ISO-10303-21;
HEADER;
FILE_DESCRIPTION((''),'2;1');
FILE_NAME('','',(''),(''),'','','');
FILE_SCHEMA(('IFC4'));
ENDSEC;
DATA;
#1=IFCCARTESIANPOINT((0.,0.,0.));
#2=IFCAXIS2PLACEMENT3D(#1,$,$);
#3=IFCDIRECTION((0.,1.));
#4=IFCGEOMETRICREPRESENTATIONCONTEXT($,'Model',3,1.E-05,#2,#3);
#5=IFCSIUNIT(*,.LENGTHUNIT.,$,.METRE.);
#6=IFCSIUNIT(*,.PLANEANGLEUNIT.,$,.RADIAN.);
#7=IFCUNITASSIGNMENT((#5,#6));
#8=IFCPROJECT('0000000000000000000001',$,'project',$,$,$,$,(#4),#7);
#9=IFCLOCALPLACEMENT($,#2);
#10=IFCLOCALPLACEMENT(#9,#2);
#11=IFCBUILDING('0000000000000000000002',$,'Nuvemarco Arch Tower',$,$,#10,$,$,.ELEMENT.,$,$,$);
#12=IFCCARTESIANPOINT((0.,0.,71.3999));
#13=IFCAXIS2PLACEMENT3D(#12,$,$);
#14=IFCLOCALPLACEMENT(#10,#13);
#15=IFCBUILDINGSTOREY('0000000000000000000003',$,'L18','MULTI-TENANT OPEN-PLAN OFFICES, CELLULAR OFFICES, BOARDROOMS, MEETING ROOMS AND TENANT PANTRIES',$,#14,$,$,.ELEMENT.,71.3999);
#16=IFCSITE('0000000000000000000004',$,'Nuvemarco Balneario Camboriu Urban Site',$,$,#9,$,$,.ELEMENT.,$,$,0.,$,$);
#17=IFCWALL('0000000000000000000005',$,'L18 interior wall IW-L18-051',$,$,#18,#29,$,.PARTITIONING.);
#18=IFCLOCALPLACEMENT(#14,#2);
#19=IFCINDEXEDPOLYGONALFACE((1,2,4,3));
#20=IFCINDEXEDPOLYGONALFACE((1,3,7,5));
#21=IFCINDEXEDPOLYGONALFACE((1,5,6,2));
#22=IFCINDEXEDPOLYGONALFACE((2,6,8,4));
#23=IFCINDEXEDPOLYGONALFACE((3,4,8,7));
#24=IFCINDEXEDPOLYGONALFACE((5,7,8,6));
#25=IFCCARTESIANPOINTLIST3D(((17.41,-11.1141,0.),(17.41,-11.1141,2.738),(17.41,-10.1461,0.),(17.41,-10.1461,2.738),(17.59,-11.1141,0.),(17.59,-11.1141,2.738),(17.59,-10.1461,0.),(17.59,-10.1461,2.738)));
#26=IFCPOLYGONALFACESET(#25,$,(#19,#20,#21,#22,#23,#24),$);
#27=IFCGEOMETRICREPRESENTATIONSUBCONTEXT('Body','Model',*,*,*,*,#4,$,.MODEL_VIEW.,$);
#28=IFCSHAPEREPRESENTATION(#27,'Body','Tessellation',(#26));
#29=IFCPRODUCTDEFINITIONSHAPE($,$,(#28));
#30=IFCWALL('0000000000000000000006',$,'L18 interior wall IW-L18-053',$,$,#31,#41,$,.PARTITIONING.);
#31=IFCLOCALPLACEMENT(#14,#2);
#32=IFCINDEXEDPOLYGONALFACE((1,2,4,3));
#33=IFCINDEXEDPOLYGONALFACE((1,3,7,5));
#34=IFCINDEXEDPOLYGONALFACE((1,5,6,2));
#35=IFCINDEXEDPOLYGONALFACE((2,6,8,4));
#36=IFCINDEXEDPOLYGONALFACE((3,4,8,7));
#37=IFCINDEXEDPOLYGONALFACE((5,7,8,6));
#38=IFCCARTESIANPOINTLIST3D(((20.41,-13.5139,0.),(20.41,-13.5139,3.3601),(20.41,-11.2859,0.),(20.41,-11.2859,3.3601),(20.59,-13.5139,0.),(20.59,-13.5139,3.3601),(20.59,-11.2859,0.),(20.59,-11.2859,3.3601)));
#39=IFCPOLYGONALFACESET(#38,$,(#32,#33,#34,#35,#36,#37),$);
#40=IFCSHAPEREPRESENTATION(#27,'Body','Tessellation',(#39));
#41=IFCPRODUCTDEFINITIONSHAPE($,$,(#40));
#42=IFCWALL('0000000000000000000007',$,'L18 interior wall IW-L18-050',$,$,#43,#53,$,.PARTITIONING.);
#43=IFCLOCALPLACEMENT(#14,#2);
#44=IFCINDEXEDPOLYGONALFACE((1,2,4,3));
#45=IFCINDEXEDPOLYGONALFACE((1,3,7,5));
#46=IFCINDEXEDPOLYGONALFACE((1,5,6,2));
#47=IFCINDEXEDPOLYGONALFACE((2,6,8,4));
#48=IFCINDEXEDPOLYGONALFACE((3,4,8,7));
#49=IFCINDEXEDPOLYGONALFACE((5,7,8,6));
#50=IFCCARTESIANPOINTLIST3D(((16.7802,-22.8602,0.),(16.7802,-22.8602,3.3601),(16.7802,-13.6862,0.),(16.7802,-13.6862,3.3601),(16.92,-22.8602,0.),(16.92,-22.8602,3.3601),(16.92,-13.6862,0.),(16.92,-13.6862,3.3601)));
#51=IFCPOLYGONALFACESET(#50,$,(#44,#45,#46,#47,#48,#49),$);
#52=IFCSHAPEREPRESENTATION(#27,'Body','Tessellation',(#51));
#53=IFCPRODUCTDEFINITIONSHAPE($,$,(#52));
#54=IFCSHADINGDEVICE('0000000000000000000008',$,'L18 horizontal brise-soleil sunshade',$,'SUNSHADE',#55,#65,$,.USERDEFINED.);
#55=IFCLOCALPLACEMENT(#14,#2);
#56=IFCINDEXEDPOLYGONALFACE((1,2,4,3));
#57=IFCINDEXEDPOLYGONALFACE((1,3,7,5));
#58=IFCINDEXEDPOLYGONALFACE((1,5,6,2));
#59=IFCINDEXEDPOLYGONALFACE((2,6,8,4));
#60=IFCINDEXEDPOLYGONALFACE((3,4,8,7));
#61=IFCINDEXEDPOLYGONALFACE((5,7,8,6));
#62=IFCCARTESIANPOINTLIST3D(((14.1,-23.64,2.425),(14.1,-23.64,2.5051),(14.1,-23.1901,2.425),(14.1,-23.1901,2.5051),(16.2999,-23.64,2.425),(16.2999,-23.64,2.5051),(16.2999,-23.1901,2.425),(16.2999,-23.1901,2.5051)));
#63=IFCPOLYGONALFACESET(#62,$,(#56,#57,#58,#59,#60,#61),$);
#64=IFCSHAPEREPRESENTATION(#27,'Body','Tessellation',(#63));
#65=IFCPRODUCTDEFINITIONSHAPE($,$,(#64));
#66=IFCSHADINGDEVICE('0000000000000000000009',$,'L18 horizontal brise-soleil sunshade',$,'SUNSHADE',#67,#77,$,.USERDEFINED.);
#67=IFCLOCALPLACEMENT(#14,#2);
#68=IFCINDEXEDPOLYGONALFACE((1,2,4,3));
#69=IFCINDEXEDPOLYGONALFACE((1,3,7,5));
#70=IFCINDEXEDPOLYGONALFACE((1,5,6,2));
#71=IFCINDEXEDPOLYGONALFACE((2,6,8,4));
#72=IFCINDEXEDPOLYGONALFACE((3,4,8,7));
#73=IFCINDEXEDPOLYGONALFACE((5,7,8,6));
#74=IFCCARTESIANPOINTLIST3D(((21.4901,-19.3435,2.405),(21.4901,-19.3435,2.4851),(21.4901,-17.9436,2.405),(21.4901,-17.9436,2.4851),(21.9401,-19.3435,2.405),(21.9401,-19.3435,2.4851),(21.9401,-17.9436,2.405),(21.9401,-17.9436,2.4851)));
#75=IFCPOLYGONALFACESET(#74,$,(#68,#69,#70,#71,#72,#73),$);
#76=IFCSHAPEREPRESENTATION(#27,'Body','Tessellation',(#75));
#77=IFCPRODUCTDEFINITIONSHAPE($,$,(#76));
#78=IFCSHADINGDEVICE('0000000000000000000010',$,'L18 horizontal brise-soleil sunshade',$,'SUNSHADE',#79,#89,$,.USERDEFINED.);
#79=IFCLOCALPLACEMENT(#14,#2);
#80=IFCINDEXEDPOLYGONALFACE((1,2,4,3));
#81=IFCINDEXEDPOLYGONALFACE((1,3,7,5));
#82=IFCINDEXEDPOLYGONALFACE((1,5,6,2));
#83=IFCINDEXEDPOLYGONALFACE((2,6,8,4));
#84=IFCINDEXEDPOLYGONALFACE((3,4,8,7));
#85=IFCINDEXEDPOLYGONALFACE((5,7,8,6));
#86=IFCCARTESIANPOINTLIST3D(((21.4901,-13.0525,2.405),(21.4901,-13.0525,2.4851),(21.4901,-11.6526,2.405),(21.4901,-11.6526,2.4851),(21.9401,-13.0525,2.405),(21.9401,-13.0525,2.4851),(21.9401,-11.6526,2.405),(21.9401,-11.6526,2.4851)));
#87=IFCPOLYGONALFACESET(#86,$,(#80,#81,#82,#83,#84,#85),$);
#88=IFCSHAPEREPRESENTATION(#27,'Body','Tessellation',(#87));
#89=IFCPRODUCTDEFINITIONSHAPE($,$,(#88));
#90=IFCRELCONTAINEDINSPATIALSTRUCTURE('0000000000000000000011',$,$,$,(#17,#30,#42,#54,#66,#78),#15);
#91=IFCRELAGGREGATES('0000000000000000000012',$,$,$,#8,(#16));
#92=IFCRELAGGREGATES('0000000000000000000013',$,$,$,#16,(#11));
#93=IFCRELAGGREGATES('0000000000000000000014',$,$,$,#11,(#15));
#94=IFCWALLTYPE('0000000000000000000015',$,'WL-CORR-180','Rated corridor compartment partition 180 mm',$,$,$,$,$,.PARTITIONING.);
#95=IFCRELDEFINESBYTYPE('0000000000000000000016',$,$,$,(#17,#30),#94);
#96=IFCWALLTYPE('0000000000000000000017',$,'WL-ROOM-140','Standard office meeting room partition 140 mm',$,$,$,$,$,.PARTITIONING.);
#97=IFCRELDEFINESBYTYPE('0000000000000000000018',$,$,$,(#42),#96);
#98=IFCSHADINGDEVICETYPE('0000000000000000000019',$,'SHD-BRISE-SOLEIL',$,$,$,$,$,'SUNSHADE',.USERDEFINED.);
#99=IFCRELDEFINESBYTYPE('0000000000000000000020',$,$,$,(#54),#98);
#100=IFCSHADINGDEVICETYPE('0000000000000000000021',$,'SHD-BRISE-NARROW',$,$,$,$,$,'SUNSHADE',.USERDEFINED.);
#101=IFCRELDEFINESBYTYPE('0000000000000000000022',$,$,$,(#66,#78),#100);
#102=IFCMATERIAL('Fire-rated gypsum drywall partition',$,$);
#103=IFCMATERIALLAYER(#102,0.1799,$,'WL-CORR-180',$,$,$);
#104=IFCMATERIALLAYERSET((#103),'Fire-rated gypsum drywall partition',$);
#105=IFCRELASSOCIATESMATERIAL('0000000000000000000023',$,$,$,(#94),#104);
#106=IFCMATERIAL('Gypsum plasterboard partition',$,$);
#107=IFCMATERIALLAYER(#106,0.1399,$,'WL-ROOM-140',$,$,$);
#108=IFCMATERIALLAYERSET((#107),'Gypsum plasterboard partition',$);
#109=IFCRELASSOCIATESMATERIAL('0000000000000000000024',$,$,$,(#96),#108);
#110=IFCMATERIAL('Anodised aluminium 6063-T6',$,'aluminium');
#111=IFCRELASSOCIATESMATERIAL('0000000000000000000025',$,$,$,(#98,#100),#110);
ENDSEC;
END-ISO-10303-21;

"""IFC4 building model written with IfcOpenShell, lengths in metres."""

from ifc_helpers import new_model, si_unit, direction, frame, frame_2d, origin, origin_2d, place, context, subcontext, project, spatial, rectangle, extrude, source, transform, mapped, material, layer, layer_set, type_object, type_shapes, element, save


model = new_model("IFC4")

# Units and contexts
model_context = context("Model", 3, precision=1e-05, world=origin(), true_north=direction((0.0, 1.0)))
body_context = subcontext(model_context, "Body", "Model", "MODEL_VIEW")
ifc_project = project(units=[si_unit("LENGTHUNIT", "METRE"), si_unit("PLANEANGLEUNIT", "RADIAN")], contexts=[model_context])

# Site, building, storey
site_placement = place(None, origin())
site = spatial("IfcSite", under=ifc_project, at=site_placement, Name="Nuvemarco Balneario Camboriu Urban Site", CompositionType="ELEMENT", RefElevation=0.0)
building_placement = place(site_placement, origin())
building = spatial("IfcBuilding", under=site, at=building_placement, Name="Nuvemarco Arch Tower", CompositionType="ELEMENT")
storey_placement = place(building_placement, frame((0.0, 0.0, 71.3999)))
storey = spatial("IfcBuildingStorey", under=building, at=storey_placement, Name="L18", Description="MULTI-TENANT OPEN-PLAN OFFICES, CELLULAR OFFICES, BOARDROOMS, MEETING ROOMS AND TENANT PANTRIES", CompositionType="ELEMENT", Elevation=71.3999)

# Walls
ifc_material_1 = material(Name="Fire-rated gypsum drywall partition")
ifc_layer_1 = layer(ifc_material_1, 0.1799, Name="WL-CORR-180")
ifc_layer_set_1 = layer_set([ifc_layer_1], Name="Fire-rated gypsum drywall partition")
wall_type_1 = type_object("IfcWallType", Name="WL-CORR-180", Description="Rated corridor compartment partition 180 mm", PredefinedType="PARTITIONING", material=ifc_layer_set_1)
wall_1_placement = place(storey_placement, frame((17.5, -11.114, 0.0), z_axis=(0.0, 0.0, 1.0), x_axis=(0.0, 1.0, 0.0)))
element("IfcWall", 1, at=wall_1_placement, inside=storey, type_object=wall_type_1, Name="L18 interior wall IW-L18-051", PredefinedType="PARTITIONING", context=body_context, shape_type="SweptSolid", body=[
    extrude(rectangle(XDim=0.968, YDim=0.1799, at=frame_2d((0.4839, 0.0))), origin(), (0.0, 0.0, 1.0), 2.738),
])
wall_2_placement = place(storey_placement, frame((20.5, -13.5139, 0.0), z_axis=(0.0, 0.0, 1.0), x_axis=(0.0, 1.0, 0.0)))
element("IfcWall", 2, at=wall_2_placement, inside=storey, type_object=wall_type_1, Name="L18 interior wall IW-L18-053", PredefinedType="PARTITIONING", context=body_context, shape_type="SweptSolid", body=[
    extrude(rectangle(XDim=2.228, YDim=0.1799, at=frame_2d((1.114, 0.0))), origin(), (0.0, 0.0, 1.0), 3.3601),
])
ifc_material_2 = material(Name="Gypsum plasterboard partition")
ifc_layer_2 = layer(ifc_material_2, 0.1399, Name="WL-ROOM-140")
ifc_layer_set_2 = layer_set([ifc_layer_2], Name="Gypsum plasterboard partition")
wall_type_2 = type_object("IfcWallType", Name="WL-ROOM-140", Description="Standard office meeting room partition 140 mm", PredefinedType="PARTITIONING", material=ifc_layer_set_2)
wall_3_placement = place(storey_placement, frame((16.8501, -22.8601, 0.0), z_axis=(0.0, 0.0, 1.0), x_axis=(0.0, 1.0, 0.0)))
element("IfcWall", 3, at=wall_3_placement, inside=storey, type_object=wall_type_2, Name="L18 interior wall IW-L18-050", PredefinedType="PARTITIONING", context=body_context, shape_type="SweptSolid", body=[
    extrude(rectangle(XDim=9.1741, YDim=0.1399, at=frame_2d((4.5869, 0.0))), origin(), (0.0, 0.0, 1.0), 3.3601),
])

# Shading devices
ifc_material_3 = material(Name="Anodised aluminium 6063-T6", Category="aluminium")
shading_device_type_1 = type_object("IfcShadingDeviceType", Name="SHD-BRISE-SOLEIL", ElementType="SUNSHADE", PredefinedType="USERDEFINED", material=ifc_material_3)
shared_shape_1 = source(origin(), body_context, "Body", "SweptSolid", [
    extrude(rectangle(XDim=2.2, YDim=0.45, at=origin_2d()), origin(), (0.0, 0.0, 1.0), 0.0801),
])
type_shapes(shading_device_type_1, [shared_shape_1])
shading_device_placement = place(storey_placement, frame((15.2, -23.415, 2.425), z_axis=(0.0, 0.0, 1.0), x_axis=(1.0, 0.0, 0.0)))
element("IfcShadingDevice", 4, at=shading_device_placement, inside=storey, type_object=shading_device_type_1, Name="L18 horizontal brise-soleil sunshade", ObjectType="SUNSHADE", PredefinedType="USERDEFINED", context=body_context, shape_type="MappedRepresentation", body=[
    mapped(shared_shape_1, transform((0.0, 0.0, 0.0), scale=1.0)),
])
shading_device_type_2 = type_object("IfcShadingDeviceType", Name="SHD-BRISE-NARROW", ElementType="SUNSHADE", PredefinedType="USERDEFINED", material=ifc_material_3)
shared_shape_2 = source(origin(), body_context, "Body", "SweptSolid", [
    extrude(rectangle(XDim=1.3999, YDim=0.45, at=origin_2d()), origin(), (0.0, 0.0, 1.0), 0.0801),
])
type_shapes(shading_device_type_2, [shared_shape_2])
for number, where, z_axis, x_axis, name in (
    (5, (21.7151, -18.6436, 2.405), (0.0, 0.0, 1.0), (0.0, 1.0, 0.0), "L18 horizontal brise-soleil sunshade"),
    (6, (21.7151, -12.3525, 2.405), (0.0, 0.0, 1.0), (0.0, 1.0, 0.0), "L18 horizontal brise-soleil sunshade"),
):
    element("IfcShadingDevice", number, at=place(storey_placement, frame(where, z_axis=z_axis, x_axis=x_axis)), inside=storey, type_object=shading_device_type_2, Name=name, ObjectType="SUNSHADE", PredefinedType="USERDEFINED", context=body_context, shape_type="MappedRepresentation", body=[
        mapped(shared_shape_2, transform((0.0, 0.0, 0.0), scale=1.0)),
    ])

save(model, "model.ifc")
